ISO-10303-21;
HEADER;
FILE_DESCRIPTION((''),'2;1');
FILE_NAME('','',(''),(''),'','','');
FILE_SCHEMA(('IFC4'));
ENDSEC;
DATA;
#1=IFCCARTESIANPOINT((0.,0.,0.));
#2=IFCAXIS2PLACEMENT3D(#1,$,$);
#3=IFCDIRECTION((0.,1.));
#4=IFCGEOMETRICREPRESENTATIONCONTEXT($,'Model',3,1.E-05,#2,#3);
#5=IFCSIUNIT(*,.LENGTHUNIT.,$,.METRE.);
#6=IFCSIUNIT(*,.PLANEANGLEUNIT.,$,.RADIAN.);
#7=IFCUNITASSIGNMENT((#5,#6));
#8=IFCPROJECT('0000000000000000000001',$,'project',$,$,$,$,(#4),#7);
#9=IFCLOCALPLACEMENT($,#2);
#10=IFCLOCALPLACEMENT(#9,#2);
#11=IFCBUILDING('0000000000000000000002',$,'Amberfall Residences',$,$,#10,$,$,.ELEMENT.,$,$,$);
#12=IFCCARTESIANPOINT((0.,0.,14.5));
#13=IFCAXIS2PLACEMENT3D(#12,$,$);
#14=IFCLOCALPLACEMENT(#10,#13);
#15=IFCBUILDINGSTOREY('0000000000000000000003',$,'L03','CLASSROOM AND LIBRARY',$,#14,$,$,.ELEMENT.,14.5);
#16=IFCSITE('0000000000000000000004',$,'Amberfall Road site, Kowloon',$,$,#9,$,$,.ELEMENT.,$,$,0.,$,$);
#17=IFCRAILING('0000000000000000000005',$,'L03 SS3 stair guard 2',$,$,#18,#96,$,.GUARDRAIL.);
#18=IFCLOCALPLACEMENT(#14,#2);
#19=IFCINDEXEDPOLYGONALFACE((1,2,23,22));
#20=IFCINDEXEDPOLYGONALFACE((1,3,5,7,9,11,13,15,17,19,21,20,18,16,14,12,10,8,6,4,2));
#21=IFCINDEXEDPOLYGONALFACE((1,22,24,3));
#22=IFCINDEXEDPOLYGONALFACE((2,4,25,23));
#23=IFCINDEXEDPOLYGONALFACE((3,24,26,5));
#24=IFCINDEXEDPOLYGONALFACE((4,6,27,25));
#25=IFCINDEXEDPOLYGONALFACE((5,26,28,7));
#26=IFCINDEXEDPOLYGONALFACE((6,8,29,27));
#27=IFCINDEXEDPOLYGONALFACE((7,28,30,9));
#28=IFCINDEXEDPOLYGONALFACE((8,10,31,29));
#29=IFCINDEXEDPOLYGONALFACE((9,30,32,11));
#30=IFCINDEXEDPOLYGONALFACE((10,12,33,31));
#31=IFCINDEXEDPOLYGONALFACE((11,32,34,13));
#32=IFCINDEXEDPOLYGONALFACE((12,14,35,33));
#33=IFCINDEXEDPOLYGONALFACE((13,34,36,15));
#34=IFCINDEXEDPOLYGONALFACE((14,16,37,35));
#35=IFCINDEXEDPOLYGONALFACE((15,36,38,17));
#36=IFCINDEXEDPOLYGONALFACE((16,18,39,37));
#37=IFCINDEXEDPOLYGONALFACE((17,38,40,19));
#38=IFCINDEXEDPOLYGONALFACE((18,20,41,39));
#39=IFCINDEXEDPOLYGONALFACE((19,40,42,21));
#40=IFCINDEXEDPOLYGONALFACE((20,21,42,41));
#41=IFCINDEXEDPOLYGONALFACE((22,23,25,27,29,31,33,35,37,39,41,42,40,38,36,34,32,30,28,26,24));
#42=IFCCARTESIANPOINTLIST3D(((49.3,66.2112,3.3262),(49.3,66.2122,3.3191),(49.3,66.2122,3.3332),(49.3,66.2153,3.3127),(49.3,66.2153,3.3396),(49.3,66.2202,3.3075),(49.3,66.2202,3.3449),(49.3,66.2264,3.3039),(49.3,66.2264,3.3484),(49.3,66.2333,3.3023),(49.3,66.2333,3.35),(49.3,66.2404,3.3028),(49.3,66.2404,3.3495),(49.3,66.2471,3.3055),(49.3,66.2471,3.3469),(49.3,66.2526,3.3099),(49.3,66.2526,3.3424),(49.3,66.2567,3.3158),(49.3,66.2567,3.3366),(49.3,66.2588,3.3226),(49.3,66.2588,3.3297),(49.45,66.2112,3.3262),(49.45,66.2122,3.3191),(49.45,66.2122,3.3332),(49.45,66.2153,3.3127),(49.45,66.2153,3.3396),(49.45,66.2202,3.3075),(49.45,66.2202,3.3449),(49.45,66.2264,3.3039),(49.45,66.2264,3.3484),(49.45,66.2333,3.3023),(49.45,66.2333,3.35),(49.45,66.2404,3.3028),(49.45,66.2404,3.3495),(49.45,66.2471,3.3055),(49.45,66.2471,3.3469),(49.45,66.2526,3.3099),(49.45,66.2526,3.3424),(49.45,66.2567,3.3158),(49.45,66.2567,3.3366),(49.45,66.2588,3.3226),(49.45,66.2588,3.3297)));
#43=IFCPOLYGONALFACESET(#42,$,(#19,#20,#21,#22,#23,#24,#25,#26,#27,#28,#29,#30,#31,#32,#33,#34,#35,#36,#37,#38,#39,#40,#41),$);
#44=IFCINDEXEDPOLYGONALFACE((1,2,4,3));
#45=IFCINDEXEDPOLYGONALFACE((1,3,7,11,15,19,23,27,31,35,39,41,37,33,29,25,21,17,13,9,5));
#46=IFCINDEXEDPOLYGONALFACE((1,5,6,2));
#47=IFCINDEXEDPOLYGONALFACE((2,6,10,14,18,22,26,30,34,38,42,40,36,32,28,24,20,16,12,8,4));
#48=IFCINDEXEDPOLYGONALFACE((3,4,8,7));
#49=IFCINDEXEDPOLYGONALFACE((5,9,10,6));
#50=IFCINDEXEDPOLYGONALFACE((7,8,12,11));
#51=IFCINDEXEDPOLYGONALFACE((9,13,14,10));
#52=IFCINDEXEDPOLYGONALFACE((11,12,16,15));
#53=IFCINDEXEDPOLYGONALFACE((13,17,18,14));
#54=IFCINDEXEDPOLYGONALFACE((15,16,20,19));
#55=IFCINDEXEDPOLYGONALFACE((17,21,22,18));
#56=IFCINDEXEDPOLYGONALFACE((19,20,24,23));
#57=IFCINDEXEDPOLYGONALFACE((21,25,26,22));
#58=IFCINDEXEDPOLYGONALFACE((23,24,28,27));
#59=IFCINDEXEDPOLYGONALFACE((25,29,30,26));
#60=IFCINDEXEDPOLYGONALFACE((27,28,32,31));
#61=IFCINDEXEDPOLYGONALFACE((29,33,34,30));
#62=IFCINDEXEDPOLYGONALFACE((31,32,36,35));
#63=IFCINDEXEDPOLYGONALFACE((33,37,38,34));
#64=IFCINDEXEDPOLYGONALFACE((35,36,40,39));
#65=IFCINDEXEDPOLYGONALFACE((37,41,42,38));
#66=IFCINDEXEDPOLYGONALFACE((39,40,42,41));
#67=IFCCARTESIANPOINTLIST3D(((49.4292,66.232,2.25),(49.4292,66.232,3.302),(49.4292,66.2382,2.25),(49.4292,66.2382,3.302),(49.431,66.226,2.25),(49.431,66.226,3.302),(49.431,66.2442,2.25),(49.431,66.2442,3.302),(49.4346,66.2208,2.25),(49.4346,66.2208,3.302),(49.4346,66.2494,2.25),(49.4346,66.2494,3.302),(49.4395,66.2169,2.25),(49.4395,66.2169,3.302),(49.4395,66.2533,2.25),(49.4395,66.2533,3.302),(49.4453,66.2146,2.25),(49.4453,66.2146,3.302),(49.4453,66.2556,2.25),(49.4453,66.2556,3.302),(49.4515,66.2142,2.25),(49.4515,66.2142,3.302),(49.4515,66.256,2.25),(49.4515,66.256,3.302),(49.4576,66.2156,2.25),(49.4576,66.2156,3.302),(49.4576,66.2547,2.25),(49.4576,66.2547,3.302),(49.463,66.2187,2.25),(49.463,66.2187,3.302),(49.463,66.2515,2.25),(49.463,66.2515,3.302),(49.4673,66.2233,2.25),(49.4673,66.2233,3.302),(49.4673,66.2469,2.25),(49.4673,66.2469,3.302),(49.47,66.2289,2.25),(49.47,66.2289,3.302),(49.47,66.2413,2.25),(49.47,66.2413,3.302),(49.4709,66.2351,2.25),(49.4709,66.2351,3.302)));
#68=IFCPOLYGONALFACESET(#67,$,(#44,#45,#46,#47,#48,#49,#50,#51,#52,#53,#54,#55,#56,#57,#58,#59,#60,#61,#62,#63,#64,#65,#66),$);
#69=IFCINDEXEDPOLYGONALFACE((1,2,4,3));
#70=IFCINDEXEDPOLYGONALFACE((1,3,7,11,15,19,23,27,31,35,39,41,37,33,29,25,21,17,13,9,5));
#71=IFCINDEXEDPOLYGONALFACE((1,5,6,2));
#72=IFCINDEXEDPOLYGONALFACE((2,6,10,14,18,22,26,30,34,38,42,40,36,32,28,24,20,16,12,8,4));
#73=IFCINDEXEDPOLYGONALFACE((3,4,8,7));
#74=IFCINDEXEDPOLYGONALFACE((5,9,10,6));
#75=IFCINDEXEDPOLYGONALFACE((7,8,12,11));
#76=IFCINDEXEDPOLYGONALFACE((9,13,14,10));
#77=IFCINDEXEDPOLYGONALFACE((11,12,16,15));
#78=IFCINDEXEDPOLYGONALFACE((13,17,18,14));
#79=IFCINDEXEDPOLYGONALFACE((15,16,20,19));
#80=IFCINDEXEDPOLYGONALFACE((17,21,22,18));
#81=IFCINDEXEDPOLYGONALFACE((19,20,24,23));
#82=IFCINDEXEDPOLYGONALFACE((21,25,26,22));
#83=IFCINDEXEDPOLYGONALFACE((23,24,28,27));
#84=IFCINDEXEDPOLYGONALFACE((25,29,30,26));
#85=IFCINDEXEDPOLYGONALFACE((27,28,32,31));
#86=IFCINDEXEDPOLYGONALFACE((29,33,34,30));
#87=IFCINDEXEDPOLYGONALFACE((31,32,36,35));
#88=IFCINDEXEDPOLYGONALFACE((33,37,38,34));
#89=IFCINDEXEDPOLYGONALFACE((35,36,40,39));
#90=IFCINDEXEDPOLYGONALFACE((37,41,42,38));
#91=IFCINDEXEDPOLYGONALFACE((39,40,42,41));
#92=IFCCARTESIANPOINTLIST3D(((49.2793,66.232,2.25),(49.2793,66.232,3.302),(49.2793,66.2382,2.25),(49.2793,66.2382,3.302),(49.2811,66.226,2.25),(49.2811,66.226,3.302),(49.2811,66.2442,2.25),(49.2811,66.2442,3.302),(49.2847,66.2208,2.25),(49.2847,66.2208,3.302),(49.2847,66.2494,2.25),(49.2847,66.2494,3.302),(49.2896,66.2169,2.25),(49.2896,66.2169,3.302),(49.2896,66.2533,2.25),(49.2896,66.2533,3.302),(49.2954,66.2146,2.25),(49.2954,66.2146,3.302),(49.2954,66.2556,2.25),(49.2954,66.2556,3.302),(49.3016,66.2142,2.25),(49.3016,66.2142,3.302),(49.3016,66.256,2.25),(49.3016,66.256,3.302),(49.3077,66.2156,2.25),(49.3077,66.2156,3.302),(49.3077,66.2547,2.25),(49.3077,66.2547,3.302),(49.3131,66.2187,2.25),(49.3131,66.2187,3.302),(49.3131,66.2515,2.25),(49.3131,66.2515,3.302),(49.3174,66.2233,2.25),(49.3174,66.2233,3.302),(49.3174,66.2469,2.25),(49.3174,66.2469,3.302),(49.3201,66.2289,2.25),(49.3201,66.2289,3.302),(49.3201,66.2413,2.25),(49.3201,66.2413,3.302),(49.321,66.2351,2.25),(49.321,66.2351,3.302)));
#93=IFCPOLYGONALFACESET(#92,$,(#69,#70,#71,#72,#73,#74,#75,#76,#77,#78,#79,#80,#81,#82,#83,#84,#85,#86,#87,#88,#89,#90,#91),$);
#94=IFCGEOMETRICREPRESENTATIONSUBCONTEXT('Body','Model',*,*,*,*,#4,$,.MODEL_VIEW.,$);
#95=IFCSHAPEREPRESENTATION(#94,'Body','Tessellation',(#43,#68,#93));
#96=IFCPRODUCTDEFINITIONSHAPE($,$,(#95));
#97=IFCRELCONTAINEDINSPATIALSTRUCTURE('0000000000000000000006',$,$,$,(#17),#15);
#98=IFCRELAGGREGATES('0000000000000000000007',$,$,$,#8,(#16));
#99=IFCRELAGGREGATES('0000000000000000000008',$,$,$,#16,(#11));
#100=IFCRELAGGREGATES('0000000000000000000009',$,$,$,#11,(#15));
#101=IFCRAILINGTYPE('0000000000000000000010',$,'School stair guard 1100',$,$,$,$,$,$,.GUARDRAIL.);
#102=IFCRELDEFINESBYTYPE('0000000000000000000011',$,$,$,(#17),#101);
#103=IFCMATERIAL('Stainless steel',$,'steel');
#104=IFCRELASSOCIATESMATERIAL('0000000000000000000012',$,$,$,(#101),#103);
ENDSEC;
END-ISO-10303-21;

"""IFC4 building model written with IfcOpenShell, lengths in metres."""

from ifc_helpers import new_model, si_unit, direction, frame, origin, origin_2d, place, context, subcontext, project, spatial, circle, extrude, material, type_object, element, save


model = new_model("IFC4")

# Units and contexts
model_context = context("Model", 3, precision=1e-05, world=origin(), true_north=direction((0.0, 1.0)))
body_context = subcontext(model_context, "Body", "Model", "MODEL_VIEW")
ifc_project = project(units=[si_unit("LENGTHUNIT", "METRE"), si_unit("PLANEANGLEUNIT", "RADIAN")], contexts=[model_context])

# Site, building, storey
site_placement = place(None, origin())
site = spatial("IfcSite", under=ifc_project, at=site_placement, Name="Amberfall Road site, Kowloon", CompositionType="ELEMENT", RefElevation=0.0)
building_placement = place(site_placement, origin())
building = spatial("IfcBuilding", under=site, at=building_placement, Name="Amberfall Residences", CompositionType="ELEMENT")
storey_placement = place(building_placement, frame((0.0, 0.0, 14.5)))
storey = spatial("IfcBuildingStorey", under=building, at=storey_placement, Name="L03", Description="CLASSROOM AND LIBRARY", CompositionType="ELEMENT", Elevation=14.5)

# Railing
ifc_material_1 = material(Name="Stainless steel", Category="steel")
railing_type_1 = type_object("IfcRailingType", Name="School stair guard 1100", PredefinedType="GUARDRAIL", material=ifc_material_1)
railing_1_placement = place(storey_placement, frame((49.45, 66.2351, 2.25)))
element("IfcRailing", 1, at=railing_1_placement, inside=storey, type_object=railing_type_1, Name="L03 SS3 stair guard 2", PredefinedType="GUARDRAIL", context=body_context, shape_type="SweptSolid", body=[
    extrude(circle(Radius=0.0239, at=origin_2d()), frame((0.0, 0.0, 1.0762), z_axis=(-1.0, 0.0, 0.0), x_axis=(0.0, -1.0, 0.0)), (0.0, 0.0, 1.0), 0.1499),
    extrude(circle(Radius=0.021, at=origin_2d()), origin(), (0.0, 0.0, 1.0), 1.052),
    extrude(circle(Radius=0.021, at=origin_2d()), frame((-0.1499, 0.0, 0.0)), (0.0, 0.0, 1.0), 1.052),
])

save(model, "model.ifc")
